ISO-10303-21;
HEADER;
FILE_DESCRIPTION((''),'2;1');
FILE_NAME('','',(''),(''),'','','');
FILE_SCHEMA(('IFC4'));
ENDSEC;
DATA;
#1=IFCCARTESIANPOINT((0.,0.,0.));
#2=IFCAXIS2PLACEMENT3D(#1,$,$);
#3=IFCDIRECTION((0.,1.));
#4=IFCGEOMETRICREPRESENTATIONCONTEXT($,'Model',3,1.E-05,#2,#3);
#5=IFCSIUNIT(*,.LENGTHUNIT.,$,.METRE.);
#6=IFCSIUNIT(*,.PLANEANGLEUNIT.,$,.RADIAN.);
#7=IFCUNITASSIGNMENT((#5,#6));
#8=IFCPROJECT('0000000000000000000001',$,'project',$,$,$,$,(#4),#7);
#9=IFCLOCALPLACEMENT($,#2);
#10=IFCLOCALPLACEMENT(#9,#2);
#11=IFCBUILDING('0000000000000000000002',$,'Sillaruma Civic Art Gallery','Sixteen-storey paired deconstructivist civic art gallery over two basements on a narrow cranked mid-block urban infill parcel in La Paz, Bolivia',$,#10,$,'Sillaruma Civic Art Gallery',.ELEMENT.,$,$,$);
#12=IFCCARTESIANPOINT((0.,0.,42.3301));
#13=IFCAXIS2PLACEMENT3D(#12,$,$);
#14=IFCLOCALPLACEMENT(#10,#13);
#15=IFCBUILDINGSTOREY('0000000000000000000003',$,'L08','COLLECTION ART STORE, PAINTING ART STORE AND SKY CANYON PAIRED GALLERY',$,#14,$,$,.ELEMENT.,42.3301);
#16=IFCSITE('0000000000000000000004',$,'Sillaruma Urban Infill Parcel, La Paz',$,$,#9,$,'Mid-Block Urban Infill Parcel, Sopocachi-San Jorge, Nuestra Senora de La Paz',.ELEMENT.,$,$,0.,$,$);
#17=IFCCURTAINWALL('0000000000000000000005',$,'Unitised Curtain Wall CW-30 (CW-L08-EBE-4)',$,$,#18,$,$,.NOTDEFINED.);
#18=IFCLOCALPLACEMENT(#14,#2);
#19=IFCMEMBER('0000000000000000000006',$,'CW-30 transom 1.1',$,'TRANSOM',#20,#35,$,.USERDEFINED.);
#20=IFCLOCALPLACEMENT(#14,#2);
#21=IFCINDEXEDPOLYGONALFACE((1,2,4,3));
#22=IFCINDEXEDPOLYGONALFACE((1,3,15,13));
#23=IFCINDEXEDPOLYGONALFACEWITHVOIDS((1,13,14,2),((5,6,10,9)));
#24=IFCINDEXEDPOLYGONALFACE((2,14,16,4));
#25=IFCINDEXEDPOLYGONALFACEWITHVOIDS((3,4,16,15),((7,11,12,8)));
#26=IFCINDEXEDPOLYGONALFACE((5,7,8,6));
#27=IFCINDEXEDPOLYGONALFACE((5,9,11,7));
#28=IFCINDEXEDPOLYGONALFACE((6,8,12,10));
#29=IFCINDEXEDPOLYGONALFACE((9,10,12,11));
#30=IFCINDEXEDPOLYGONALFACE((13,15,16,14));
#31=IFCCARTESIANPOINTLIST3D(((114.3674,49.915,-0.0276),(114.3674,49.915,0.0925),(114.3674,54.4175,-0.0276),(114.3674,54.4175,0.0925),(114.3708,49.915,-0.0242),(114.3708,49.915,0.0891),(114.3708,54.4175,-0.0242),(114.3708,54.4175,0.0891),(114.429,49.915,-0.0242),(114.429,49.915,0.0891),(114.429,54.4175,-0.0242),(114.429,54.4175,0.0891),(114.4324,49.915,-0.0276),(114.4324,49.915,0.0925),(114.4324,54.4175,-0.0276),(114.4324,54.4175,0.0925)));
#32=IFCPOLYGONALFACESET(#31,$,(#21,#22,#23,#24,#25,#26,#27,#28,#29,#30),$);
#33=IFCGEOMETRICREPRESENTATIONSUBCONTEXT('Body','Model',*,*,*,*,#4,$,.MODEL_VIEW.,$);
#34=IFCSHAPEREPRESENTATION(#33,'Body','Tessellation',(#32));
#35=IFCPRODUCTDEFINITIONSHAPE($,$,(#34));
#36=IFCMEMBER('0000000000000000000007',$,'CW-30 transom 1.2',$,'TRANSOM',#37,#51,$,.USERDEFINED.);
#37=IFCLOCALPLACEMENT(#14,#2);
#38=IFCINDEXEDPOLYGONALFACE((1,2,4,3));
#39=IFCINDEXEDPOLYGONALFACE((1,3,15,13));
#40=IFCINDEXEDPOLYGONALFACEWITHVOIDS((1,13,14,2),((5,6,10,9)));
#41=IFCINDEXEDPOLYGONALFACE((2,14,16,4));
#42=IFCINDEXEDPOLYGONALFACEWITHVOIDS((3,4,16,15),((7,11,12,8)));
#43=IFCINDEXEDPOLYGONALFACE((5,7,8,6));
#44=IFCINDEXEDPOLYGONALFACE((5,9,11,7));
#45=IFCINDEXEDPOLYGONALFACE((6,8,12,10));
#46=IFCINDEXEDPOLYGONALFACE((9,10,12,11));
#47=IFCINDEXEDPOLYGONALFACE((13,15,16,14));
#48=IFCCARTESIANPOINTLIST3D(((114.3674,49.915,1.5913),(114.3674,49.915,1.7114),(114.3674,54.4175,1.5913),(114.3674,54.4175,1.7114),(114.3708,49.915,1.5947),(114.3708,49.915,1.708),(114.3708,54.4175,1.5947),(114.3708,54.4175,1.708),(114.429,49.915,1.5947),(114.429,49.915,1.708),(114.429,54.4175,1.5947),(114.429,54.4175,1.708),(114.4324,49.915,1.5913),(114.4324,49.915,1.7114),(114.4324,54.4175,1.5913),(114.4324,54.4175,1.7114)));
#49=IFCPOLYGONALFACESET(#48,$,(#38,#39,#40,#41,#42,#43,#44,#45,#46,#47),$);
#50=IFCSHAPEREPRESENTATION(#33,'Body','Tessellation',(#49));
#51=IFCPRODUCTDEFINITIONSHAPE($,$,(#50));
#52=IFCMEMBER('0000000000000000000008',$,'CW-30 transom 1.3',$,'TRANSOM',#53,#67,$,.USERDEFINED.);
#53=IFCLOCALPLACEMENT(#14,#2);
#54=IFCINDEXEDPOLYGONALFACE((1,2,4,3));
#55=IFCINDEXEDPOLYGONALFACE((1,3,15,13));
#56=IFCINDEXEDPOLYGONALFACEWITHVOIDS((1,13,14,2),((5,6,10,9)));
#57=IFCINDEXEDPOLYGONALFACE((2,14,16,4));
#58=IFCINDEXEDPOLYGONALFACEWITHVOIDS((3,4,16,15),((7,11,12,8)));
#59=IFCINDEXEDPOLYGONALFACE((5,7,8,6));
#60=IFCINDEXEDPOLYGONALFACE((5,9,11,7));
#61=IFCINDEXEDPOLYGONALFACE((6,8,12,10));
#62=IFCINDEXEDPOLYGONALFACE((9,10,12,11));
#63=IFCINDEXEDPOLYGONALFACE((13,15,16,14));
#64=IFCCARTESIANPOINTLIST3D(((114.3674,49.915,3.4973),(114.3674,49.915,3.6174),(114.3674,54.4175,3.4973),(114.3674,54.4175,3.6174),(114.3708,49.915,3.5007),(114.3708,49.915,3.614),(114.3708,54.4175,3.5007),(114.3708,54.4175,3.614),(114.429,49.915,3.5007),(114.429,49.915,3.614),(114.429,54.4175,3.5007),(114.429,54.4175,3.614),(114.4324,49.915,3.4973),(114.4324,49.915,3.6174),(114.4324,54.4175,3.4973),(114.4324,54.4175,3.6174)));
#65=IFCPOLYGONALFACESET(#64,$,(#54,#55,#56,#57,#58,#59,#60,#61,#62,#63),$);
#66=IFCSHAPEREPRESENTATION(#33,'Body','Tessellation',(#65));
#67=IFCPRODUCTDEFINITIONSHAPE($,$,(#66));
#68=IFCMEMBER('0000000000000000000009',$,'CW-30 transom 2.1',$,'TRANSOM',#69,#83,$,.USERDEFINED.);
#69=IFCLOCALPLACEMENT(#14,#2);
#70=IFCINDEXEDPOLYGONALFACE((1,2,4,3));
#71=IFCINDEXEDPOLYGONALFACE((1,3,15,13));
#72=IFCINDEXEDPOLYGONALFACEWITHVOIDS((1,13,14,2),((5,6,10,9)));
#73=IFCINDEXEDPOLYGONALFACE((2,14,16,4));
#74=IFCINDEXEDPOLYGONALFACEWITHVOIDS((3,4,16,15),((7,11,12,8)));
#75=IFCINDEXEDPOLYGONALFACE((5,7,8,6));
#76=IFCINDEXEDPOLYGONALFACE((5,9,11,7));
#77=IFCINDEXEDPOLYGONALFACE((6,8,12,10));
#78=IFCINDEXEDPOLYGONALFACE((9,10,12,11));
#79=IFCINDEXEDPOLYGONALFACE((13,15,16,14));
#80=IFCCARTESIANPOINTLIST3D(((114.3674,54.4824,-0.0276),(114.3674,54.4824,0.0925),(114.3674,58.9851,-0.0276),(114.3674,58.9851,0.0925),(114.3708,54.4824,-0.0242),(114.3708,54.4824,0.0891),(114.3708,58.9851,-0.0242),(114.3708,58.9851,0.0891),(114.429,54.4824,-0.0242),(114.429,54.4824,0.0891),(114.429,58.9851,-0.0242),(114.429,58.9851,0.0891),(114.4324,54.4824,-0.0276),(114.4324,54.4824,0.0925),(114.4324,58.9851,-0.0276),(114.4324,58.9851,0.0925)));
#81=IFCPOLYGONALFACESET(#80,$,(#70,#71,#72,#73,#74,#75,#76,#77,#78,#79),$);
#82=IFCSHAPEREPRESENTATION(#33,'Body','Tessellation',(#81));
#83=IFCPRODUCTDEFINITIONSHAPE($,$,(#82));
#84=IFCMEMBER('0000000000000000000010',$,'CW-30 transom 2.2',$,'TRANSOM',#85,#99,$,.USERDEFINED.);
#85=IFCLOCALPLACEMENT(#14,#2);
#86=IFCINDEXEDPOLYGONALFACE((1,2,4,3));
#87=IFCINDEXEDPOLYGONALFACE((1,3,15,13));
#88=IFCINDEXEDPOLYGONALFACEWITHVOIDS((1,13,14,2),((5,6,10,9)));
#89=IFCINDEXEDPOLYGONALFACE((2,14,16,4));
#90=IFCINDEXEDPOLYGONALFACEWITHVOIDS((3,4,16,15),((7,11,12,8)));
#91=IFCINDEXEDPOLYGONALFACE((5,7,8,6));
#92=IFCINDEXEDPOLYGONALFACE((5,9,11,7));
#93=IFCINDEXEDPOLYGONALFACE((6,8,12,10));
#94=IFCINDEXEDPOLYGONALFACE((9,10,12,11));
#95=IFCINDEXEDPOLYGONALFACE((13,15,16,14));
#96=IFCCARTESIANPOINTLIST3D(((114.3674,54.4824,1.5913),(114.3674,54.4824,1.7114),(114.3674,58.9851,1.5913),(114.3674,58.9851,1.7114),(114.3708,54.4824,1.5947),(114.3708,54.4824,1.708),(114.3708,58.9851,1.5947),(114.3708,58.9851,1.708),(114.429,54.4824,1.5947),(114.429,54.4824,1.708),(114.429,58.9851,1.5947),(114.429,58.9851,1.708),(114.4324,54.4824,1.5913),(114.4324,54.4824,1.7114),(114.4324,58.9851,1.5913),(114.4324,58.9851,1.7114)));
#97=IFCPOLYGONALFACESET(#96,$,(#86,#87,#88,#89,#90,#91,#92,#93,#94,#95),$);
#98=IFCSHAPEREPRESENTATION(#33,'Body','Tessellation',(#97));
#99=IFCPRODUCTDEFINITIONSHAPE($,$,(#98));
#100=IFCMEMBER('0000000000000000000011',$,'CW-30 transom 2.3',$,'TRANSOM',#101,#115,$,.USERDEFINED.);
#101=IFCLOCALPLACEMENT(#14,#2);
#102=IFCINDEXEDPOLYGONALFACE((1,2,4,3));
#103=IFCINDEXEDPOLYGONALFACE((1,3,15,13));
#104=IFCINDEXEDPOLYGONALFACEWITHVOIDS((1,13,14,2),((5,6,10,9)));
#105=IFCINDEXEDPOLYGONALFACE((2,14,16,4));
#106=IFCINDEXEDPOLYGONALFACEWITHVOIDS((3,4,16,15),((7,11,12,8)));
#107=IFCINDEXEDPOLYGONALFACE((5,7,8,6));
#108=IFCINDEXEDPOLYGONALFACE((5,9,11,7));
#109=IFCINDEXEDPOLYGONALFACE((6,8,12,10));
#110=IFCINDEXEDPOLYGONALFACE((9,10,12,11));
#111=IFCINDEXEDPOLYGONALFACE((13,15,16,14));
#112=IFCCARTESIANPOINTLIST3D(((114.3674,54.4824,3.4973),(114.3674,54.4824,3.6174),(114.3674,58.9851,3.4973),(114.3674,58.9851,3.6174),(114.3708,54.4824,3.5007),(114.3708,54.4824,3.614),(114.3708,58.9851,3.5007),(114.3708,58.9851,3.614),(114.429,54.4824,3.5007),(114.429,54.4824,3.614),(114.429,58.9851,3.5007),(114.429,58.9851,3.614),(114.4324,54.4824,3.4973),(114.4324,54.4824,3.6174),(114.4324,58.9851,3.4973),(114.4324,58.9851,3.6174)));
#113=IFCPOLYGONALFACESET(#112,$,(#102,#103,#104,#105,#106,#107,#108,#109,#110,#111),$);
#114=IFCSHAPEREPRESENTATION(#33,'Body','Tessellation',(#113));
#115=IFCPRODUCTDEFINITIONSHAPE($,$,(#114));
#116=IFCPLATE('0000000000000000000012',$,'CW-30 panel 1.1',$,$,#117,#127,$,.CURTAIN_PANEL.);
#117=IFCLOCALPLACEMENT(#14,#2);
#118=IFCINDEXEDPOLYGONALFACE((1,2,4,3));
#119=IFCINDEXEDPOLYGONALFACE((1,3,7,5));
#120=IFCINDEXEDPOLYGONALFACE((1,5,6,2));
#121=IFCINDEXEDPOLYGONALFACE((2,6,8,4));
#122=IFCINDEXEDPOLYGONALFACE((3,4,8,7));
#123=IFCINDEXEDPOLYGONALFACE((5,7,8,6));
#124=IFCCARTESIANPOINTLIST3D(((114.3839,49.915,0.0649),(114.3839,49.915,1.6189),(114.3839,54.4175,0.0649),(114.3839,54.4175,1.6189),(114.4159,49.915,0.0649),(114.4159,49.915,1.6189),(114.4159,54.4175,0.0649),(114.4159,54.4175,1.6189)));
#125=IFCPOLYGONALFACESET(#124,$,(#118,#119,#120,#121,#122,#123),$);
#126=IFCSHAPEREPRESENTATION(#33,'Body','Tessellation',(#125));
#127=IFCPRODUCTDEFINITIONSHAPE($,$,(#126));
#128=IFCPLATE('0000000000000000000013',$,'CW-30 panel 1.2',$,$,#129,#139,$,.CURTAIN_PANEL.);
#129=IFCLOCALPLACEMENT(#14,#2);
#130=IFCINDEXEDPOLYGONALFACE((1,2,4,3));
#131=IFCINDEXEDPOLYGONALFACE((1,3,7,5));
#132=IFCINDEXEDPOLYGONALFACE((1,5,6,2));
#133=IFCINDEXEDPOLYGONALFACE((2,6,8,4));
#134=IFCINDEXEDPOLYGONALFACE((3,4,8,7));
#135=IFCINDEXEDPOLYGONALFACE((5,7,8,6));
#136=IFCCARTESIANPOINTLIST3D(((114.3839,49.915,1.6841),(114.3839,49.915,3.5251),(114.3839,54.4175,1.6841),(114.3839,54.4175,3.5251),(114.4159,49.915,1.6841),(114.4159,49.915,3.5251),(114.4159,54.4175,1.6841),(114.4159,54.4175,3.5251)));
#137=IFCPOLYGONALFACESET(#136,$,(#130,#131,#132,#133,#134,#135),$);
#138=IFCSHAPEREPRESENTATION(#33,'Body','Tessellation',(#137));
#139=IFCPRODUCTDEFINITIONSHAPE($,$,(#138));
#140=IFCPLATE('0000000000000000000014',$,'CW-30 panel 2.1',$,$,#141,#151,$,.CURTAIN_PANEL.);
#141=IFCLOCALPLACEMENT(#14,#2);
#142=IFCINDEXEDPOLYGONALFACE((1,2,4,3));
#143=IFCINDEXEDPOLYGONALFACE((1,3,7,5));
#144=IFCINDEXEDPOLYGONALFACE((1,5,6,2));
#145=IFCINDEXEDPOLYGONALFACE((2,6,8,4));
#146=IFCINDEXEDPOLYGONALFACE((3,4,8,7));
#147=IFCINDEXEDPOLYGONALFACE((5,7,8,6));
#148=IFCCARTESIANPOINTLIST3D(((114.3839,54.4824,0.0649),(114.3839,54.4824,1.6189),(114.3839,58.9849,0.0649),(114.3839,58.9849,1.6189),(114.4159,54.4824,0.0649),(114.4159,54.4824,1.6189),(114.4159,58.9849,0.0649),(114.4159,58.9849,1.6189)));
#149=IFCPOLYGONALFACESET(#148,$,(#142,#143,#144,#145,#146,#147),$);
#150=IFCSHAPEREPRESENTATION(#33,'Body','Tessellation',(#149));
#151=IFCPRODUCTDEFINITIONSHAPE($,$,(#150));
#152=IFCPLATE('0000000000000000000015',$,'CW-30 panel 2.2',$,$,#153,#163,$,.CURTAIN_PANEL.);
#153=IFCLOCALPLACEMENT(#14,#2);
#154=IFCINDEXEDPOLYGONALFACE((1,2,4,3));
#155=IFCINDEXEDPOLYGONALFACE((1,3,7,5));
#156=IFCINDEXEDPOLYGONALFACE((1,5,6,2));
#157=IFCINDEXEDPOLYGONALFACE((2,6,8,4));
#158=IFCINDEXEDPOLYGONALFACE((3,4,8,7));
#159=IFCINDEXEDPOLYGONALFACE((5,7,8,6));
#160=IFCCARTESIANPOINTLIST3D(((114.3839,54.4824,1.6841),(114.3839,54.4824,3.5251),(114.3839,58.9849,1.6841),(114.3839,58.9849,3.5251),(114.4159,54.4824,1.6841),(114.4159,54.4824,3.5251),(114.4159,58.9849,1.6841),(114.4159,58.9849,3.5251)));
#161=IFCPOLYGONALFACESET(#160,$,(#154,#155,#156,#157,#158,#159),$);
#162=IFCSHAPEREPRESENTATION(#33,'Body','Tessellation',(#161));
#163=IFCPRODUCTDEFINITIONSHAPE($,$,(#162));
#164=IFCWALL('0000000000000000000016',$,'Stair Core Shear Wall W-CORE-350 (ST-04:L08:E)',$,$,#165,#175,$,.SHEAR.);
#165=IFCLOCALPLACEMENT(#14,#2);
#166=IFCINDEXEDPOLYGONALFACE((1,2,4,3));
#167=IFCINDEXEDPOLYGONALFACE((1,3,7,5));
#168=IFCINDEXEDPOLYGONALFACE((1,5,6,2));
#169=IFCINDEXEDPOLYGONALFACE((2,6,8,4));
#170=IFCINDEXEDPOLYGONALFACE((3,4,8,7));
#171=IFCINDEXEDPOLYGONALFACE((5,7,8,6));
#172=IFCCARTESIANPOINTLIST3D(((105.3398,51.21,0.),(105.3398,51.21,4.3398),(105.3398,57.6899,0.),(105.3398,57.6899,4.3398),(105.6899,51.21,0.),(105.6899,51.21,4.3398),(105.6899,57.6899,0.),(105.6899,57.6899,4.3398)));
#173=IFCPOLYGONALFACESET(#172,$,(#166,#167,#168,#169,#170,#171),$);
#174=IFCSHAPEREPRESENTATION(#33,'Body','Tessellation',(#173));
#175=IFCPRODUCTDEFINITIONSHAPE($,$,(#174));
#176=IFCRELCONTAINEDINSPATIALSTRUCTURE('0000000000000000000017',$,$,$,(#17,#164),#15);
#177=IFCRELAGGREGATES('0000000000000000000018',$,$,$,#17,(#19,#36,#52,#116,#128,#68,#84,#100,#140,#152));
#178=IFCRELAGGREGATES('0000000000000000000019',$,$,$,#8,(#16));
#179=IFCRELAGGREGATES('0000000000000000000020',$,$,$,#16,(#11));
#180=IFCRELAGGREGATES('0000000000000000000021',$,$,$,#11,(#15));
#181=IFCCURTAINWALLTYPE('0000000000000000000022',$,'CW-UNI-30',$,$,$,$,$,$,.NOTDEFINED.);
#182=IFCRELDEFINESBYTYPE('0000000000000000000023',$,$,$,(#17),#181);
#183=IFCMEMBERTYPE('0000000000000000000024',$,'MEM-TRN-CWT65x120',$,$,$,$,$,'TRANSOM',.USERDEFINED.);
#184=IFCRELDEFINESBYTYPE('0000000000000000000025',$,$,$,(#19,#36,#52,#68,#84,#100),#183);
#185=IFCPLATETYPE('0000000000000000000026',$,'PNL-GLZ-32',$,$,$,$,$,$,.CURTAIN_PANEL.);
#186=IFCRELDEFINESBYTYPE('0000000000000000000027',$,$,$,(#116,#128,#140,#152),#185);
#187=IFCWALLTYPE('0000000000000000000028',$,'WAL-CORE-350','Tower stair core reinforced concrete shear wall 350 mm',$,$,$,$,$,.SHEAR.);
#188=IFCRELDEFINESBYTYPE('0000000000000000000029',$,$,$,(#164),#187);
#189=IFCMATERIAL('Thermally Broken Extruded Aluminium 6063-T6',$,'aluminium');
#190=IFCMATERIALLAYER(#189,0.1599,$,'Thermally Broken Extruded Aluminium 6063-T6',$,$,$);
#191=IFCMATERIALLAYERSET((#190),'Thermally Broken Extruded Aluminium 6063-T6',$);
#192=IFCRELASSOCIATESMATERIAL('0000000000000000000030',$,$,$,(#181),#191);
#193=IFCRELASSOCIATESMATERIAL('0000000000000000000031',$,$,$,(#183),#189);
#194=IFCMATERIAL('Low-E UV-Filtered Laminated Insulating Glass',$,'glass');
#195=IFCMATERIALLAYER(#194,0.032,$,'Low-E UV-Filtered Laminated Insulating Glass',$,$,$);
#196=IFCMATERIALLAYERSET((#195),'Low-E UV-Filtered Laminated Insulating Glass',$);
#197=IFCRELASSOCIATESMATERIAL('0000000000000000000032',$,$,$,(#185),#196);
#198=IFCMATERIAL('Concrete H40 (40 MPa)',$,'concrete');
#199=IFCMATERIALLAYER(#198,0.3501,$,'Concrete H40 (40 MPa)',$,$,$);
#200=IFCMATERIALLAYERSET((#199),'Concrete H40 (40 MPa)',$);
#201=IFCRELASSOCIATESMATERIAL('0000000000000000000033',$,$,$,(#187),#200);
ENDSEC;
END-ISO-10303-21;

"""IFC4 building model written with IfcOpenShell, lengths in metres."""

from ifc_helpers import new_model, si_unit, direction, frame, frame_2d, origin, origin_2d, place, context, subcontext, project, spatial, rectangle, hollow_rectangle, extrude, material, layer, layer_set, material_profile, profile_set, type_object, element, aggregate, save


model = new_model("IFC4")

# Units and contexts
model_context = context("Model", 3, precision=1e-05, world=origin(), true_north=direction((0.0, 1.0)))
body_context = subcontext(model_context, "Body", "Model", "MODEL_VIEW")
ifc_project = project(units=[si_unit("LENGTHUNIT", "METRE"), si_unit("PLANEANGLEUNIT", "RADIAN")], contexts=[model_context])

# Site, building, storey
site_placement = place(None, origin())
site = spatial("IfcSite", under=ifc_project, at=site_placement, Name="Sillaruma Urban Infill Parcel, La Paz", LongName="Mid-Block Urban Infill Parcel, Sopocachi-San Jorge, Nuestra Senora de La Paz", CompositionType="ELEMENT", RefElevation=0.0)
building_placement = place(site_placement, origin())
building = spatial("IfcBuilding", under=site, at=building_placement, Name="Sillaruma Civic Art Gallery", Description="Sixteen-storey paired deconstructivist civic art gallery over two basements on a narrow cranked mid-block urban infill parcel in La Paz, Bolivia", LongName="Sillaruma Civic Art Gallery", CompositionType="ELEMENT")
storey_placement = place(building_placement, frame((0.0, 0.0, 42.3301)))
storey = spatial("IfcBuildingStorey", under=building, at=storey_placement, Name="L08", Description="COLLECTION ART STORE, PAINTING ART STORE AND SKY CANYON PAIRED GALLERY", CompositionType="ELEMENT", Elevation=42.3301)

# Curtain wall, members, plates
ifc_material_1 = material(Name="Thermally Broken Extruded Aluminium 6063-T6", Category="aluminium")
ifc_layer_1 = layer(ifc_material_1, 0.1599, Name="Thermally Broken Extruded Aluminium 6063-T6")
ifc_layer_set_1 = layer_set([ifc_layer_1], Name="Thermally Broken Extruded Aluminium 6063-T6")
curtain_wall_type = type_object("IfcCurtainWallType", Name="CW-UNI-30", PredefinedType="NOTDEFINED", material=ifc_layer_set_1)
curtain_wall_placement = place(storey_placement, origin())
curtain_wall = element("IfcCurtainWall", 1, at=curtain_wall_placement, inside=storey, type_object=curtain_wall_type, Name="Unitised Curtain Wall CW-30 (CW-L08-EBE-4)", PredefinedType="NOTDEFINED")
ifc_material_profile_1 = material_profile(ifc_material_1, hollow_rectangle(XDim=0.0649, YDim=0.1201, WallThickness=0.0034, at=origin_2d()), Name="CWT65x120")
ifc_profile_set_1 = profile_set([ifc_material_profile_1], Name="Thermally Broken Extruded Aluminium 6063-T6")
member_type_1 = type_object("IfcMemberType", Name="MEM-TRN-CWT65x120", ElementType="TRANSOM", PredefinedType="USERDEFINED", material=ifc_profile_set_1)
member_1_placement = place(storey_placement, frame((114.3999, 49.915, 0.0325), z_axis=(0.0, 1.0, 0.0), x_axis=(-1.0, 0.0, 0.0)))
member_1 = element("IfcMember", 2, at=member_1_placement, type_object=member_type_1, Name="CW-30 transom 1.1", ObjectType="TRANSOM", PredefinedType="USERDEFINED", context=body_context, shape_type="SweptSolid", body=[
    extrude(hollow_rectangle(XDim=0.0649, YDim=0.1201, WallThickness=0.0034, at=origin_2d()), origin(), (0.0, 0.0, 1.0), 4.5024),
])
member_2_placement = place(storey_placement, frame((114.3999, 49.915, 1.6514), z_axis=(0.0, 1.0, 0.0), x_axis=(-1.0, 0.0, 0.0)))
member_2 = element("IfcMember", 3, at=member_2_placement, type_object=member_type_1, Name="CW-30 transom 1.2", ObjectType="TRANSOM", PredefinedType="USERDEFINED", context=body_context, shape_type="SweptSolid", body=[
    extrude(hollow_rectangle(XDim=0.0649, YDim=0.1201, WallThickness=0.0034, at=origin_2d()), origin(), (0.0, 0.0, 1.0), 4.5024),
])
member_3_placement = place(storey_placement, frame((114.3999, 49.915, 3.5574), z_axis=(0.0, 1.0, 0.0), x_axis=(-1.0, 0.0, 0.0)))
member_3 = element("IfcMember", 4, at=member_3_placement, type_object=member_type_1, Name="CW-30 transom 1.3", ObjectType="TRANSOM", PredefinedType="USERDEFINED", context=body_context, shape_type="SweptSolid", body=[
    extrude(hollow_rectangle(XDim=0.0649, YDim=0.1201, WallThickness=0.0034, at=origin_2d()), origin(), (0.0, 0.0, 1.0), 4.5024),
])
member_4_placement = place(storey_placement, frame((114.3999, 54.4824, 0.0325), z_axis=(0.0, 1.0, 0.0), x_axis=(-1.0, 0.0, 0.0)))
member_4 = element("IfcMember", 5, at=member_4_placement, type_object=member_type_1, Name="CW-30 transom 2.1", ObjectType="TRANSOM", PredefinedType="USERDEFINED", context=body_context, shape_type="SweptSolid", body=[
    extrude(hollow_rectangle(XDim=0.0649, YDim=0.1201, WallThickness=0.0034, at=origin_2d()), origin(), (0.0, 0.0, 1.0), 4.5027),
])
member_5_placement = place(storey_placement, frame((114.3999, 54.4824, 1.6514), z_axis=(0.0, 1.0, 0.0), x_axis=(-1.0, 0.0, 0.0)))
member_5 = element("IfcMember", 6, at=member_5_placement, type_object=member_type_1, Name="CW-30 transom 2.2", ObjectType="TRANSOM", PredefinedType="USERDEFINED", context=body_context, shape_type="SweptSolid", body=[
    extrude(hollow_rectangle(XDim=0.0649, YDim=0.1201, WallThickness=0.0034, at=origin_2d()), origin(), (0.0, 0.0, 1.0), 4.5027),
])
member_6_placement = place(storey_placement, frame((114.3999, 54.4824, 3.5574), z_axis=(0.0, 1.0, 0.0), x_axis=(-1.0, 0.0, 0.0)))
member_6 = element("IfcMember", 7, at=member_6_placement, type_object=member_type_1, Name="CW-30 transom 2.3", ObjectType="TRANSOM", PredefinedType="USERDEFINED", context=body_context, shape_type="SweptSolid", body=[
    extrude(hollow_rectangle(XDim=0.0649, YDim=0.1201, WallThickness=0.0034, at=origin_2d()), origin(), (0.0, 0.0, 1.0), 4.5027),
])
ifc_material_2 = material(Name="Low-E UV-Filtered Laminated Insulating Glass", Category="glass")
ifc_layer_2 = layer(ifc_material_2, 0.032, Name="Low-E UV-Filtered Laminated Insulating Glass")
ifc_layer_set_2 = layer_set([ifc_layer_2], Name="Low-E UV-Filtered Laminated Insulating Glass")
plate_type = type_object("IfcPlateType", Name="PNL-GLZ-32", PredefinedType="CURTAIN_PANEL", material=ifc_layer_set_2)
plate_1_placement = place(storey_placement, frame((114.3999, 52.1663, 0.0649), z_axis=(0.0, 0.0, 1.0), x_axis=(0.0, 1.0, 0.0)))
plate_1 = element("IfcPlate", 8, at=plate_1_placement, type_object=plate_type, Name="CW-30 panel 1.1", PredefinedType="CURTAIN_PANEL", context=body_context, shape_type="SweptSolid", body=[
    extrude(rectangle(XDim=4.5024, YDim=0.032, at=origin_2d()), origin(), (0.0, 0.0, 1.0), 1.554),
])
plate_2_placement = place(storey_placement, frame((114.3999, 52.1663, 1.6841), z_axis=(0.0, 0.0, 1.0), x_axis=(0.0, 1.0, 0.0)))
plate_2 = element("IfcPlate", 9, at=plate_2_placement, type_object=plate_type, Name="CW-30 panel 1.2", PredefinedType="CURTAIN_PANEL", context=body_context, shape_type="SweptSolid", body=[
    extrude(rectangle(XDim=4.5024, YDim=0.032, at=origin_2d()), origin(), (0.0, 0.0, 1.0), 1.8411),
])
plate_3_placement = place(storey_placement, frame((114.3999, 56.7336, 0.0649), z_axis=(0.0, 0.0, 1.0), x_axis=(0.0, 1.0, 0.0)))
plate_3 = element("IfcPlate", 10, at=plate_3_placement, type_object=plate_type, Name="CW-30 panel 2.1", PredefinedType="CURTAIN_PANEL", context=body_context, shape_type="SweptSolid", body=[
    extrude(rectangle(XDim=4.5024, YDim=0.032, at=origin_2d()), origin(), (0.0, 0.0, 1.0), 1.554),
])
plate_4_placement = place(storey_placement, frame((114.3999, 56.7336, 1.6841), z_axis=(0.0, 0.0, 1.0), x_axis=(0.0, 1.0, 0.0)))
plate_4 = element("IfcPlate", 11, at=plate_4_placement, type_object=plate_type, Name="CW-30 panel 2.2", PredefinedType="CURTAIN_PANEL", context=body_context, shape_type="SweptSolid", body=[
    extrude(rectangle(XDim=4.5024, YDim=0.032, at=origin_2d()), origin(), (0.0, 0.0, 1.0), 1.8411),
])
aggregate(curtain_wall, [member_1, member_2, member_3, plate_1, plate_2, member_4, member_5, member_6, plate_3, plate_4])

# Wall
ifc_material_3 = material(Name="Concrete H40 (40 MPa)", Category="concrete")
ifc_layer_3 = layer(ifc_material_3, 0.3501, Name="Concrete H40 (40 MPa)")
ifc_layer_set_3 = layer_set([ifc_layer_3], Name="Concrete H40 (40 MPa)")
wall_type_1 = type_object("IfcWallType", Name="WAL-CORE-350", Description="Tower stair core reinforced concrete shear wall 350 mm", PredefinedType="SHEAR", material=ifc_layer_set_3)
wall_1_placement = place(storey_placement, frame((105.5149, 51.21, 0.0), z_axis=(0.0, 0.0, 1.0), x_axis=(0.0, 1.0, 0.0)))
element("IfcWall", 12, at=wall_1_placement, inside=storey, type_object=wall_type_1, Name="Stair Core Shear Wall W-CORE-350 (ST-04:L08:E)", PredefinedType="SHEAR", context=body_context, shape_type="SweptSolid", body=[
    extrude(rectangle(XDim=6.48, YDim=0.3501, at=frame_2d((3.24, 0.0))), origin(), (0.0, 0.0, 1.0), 4.3398),
])

save(model, "model.ifc")
